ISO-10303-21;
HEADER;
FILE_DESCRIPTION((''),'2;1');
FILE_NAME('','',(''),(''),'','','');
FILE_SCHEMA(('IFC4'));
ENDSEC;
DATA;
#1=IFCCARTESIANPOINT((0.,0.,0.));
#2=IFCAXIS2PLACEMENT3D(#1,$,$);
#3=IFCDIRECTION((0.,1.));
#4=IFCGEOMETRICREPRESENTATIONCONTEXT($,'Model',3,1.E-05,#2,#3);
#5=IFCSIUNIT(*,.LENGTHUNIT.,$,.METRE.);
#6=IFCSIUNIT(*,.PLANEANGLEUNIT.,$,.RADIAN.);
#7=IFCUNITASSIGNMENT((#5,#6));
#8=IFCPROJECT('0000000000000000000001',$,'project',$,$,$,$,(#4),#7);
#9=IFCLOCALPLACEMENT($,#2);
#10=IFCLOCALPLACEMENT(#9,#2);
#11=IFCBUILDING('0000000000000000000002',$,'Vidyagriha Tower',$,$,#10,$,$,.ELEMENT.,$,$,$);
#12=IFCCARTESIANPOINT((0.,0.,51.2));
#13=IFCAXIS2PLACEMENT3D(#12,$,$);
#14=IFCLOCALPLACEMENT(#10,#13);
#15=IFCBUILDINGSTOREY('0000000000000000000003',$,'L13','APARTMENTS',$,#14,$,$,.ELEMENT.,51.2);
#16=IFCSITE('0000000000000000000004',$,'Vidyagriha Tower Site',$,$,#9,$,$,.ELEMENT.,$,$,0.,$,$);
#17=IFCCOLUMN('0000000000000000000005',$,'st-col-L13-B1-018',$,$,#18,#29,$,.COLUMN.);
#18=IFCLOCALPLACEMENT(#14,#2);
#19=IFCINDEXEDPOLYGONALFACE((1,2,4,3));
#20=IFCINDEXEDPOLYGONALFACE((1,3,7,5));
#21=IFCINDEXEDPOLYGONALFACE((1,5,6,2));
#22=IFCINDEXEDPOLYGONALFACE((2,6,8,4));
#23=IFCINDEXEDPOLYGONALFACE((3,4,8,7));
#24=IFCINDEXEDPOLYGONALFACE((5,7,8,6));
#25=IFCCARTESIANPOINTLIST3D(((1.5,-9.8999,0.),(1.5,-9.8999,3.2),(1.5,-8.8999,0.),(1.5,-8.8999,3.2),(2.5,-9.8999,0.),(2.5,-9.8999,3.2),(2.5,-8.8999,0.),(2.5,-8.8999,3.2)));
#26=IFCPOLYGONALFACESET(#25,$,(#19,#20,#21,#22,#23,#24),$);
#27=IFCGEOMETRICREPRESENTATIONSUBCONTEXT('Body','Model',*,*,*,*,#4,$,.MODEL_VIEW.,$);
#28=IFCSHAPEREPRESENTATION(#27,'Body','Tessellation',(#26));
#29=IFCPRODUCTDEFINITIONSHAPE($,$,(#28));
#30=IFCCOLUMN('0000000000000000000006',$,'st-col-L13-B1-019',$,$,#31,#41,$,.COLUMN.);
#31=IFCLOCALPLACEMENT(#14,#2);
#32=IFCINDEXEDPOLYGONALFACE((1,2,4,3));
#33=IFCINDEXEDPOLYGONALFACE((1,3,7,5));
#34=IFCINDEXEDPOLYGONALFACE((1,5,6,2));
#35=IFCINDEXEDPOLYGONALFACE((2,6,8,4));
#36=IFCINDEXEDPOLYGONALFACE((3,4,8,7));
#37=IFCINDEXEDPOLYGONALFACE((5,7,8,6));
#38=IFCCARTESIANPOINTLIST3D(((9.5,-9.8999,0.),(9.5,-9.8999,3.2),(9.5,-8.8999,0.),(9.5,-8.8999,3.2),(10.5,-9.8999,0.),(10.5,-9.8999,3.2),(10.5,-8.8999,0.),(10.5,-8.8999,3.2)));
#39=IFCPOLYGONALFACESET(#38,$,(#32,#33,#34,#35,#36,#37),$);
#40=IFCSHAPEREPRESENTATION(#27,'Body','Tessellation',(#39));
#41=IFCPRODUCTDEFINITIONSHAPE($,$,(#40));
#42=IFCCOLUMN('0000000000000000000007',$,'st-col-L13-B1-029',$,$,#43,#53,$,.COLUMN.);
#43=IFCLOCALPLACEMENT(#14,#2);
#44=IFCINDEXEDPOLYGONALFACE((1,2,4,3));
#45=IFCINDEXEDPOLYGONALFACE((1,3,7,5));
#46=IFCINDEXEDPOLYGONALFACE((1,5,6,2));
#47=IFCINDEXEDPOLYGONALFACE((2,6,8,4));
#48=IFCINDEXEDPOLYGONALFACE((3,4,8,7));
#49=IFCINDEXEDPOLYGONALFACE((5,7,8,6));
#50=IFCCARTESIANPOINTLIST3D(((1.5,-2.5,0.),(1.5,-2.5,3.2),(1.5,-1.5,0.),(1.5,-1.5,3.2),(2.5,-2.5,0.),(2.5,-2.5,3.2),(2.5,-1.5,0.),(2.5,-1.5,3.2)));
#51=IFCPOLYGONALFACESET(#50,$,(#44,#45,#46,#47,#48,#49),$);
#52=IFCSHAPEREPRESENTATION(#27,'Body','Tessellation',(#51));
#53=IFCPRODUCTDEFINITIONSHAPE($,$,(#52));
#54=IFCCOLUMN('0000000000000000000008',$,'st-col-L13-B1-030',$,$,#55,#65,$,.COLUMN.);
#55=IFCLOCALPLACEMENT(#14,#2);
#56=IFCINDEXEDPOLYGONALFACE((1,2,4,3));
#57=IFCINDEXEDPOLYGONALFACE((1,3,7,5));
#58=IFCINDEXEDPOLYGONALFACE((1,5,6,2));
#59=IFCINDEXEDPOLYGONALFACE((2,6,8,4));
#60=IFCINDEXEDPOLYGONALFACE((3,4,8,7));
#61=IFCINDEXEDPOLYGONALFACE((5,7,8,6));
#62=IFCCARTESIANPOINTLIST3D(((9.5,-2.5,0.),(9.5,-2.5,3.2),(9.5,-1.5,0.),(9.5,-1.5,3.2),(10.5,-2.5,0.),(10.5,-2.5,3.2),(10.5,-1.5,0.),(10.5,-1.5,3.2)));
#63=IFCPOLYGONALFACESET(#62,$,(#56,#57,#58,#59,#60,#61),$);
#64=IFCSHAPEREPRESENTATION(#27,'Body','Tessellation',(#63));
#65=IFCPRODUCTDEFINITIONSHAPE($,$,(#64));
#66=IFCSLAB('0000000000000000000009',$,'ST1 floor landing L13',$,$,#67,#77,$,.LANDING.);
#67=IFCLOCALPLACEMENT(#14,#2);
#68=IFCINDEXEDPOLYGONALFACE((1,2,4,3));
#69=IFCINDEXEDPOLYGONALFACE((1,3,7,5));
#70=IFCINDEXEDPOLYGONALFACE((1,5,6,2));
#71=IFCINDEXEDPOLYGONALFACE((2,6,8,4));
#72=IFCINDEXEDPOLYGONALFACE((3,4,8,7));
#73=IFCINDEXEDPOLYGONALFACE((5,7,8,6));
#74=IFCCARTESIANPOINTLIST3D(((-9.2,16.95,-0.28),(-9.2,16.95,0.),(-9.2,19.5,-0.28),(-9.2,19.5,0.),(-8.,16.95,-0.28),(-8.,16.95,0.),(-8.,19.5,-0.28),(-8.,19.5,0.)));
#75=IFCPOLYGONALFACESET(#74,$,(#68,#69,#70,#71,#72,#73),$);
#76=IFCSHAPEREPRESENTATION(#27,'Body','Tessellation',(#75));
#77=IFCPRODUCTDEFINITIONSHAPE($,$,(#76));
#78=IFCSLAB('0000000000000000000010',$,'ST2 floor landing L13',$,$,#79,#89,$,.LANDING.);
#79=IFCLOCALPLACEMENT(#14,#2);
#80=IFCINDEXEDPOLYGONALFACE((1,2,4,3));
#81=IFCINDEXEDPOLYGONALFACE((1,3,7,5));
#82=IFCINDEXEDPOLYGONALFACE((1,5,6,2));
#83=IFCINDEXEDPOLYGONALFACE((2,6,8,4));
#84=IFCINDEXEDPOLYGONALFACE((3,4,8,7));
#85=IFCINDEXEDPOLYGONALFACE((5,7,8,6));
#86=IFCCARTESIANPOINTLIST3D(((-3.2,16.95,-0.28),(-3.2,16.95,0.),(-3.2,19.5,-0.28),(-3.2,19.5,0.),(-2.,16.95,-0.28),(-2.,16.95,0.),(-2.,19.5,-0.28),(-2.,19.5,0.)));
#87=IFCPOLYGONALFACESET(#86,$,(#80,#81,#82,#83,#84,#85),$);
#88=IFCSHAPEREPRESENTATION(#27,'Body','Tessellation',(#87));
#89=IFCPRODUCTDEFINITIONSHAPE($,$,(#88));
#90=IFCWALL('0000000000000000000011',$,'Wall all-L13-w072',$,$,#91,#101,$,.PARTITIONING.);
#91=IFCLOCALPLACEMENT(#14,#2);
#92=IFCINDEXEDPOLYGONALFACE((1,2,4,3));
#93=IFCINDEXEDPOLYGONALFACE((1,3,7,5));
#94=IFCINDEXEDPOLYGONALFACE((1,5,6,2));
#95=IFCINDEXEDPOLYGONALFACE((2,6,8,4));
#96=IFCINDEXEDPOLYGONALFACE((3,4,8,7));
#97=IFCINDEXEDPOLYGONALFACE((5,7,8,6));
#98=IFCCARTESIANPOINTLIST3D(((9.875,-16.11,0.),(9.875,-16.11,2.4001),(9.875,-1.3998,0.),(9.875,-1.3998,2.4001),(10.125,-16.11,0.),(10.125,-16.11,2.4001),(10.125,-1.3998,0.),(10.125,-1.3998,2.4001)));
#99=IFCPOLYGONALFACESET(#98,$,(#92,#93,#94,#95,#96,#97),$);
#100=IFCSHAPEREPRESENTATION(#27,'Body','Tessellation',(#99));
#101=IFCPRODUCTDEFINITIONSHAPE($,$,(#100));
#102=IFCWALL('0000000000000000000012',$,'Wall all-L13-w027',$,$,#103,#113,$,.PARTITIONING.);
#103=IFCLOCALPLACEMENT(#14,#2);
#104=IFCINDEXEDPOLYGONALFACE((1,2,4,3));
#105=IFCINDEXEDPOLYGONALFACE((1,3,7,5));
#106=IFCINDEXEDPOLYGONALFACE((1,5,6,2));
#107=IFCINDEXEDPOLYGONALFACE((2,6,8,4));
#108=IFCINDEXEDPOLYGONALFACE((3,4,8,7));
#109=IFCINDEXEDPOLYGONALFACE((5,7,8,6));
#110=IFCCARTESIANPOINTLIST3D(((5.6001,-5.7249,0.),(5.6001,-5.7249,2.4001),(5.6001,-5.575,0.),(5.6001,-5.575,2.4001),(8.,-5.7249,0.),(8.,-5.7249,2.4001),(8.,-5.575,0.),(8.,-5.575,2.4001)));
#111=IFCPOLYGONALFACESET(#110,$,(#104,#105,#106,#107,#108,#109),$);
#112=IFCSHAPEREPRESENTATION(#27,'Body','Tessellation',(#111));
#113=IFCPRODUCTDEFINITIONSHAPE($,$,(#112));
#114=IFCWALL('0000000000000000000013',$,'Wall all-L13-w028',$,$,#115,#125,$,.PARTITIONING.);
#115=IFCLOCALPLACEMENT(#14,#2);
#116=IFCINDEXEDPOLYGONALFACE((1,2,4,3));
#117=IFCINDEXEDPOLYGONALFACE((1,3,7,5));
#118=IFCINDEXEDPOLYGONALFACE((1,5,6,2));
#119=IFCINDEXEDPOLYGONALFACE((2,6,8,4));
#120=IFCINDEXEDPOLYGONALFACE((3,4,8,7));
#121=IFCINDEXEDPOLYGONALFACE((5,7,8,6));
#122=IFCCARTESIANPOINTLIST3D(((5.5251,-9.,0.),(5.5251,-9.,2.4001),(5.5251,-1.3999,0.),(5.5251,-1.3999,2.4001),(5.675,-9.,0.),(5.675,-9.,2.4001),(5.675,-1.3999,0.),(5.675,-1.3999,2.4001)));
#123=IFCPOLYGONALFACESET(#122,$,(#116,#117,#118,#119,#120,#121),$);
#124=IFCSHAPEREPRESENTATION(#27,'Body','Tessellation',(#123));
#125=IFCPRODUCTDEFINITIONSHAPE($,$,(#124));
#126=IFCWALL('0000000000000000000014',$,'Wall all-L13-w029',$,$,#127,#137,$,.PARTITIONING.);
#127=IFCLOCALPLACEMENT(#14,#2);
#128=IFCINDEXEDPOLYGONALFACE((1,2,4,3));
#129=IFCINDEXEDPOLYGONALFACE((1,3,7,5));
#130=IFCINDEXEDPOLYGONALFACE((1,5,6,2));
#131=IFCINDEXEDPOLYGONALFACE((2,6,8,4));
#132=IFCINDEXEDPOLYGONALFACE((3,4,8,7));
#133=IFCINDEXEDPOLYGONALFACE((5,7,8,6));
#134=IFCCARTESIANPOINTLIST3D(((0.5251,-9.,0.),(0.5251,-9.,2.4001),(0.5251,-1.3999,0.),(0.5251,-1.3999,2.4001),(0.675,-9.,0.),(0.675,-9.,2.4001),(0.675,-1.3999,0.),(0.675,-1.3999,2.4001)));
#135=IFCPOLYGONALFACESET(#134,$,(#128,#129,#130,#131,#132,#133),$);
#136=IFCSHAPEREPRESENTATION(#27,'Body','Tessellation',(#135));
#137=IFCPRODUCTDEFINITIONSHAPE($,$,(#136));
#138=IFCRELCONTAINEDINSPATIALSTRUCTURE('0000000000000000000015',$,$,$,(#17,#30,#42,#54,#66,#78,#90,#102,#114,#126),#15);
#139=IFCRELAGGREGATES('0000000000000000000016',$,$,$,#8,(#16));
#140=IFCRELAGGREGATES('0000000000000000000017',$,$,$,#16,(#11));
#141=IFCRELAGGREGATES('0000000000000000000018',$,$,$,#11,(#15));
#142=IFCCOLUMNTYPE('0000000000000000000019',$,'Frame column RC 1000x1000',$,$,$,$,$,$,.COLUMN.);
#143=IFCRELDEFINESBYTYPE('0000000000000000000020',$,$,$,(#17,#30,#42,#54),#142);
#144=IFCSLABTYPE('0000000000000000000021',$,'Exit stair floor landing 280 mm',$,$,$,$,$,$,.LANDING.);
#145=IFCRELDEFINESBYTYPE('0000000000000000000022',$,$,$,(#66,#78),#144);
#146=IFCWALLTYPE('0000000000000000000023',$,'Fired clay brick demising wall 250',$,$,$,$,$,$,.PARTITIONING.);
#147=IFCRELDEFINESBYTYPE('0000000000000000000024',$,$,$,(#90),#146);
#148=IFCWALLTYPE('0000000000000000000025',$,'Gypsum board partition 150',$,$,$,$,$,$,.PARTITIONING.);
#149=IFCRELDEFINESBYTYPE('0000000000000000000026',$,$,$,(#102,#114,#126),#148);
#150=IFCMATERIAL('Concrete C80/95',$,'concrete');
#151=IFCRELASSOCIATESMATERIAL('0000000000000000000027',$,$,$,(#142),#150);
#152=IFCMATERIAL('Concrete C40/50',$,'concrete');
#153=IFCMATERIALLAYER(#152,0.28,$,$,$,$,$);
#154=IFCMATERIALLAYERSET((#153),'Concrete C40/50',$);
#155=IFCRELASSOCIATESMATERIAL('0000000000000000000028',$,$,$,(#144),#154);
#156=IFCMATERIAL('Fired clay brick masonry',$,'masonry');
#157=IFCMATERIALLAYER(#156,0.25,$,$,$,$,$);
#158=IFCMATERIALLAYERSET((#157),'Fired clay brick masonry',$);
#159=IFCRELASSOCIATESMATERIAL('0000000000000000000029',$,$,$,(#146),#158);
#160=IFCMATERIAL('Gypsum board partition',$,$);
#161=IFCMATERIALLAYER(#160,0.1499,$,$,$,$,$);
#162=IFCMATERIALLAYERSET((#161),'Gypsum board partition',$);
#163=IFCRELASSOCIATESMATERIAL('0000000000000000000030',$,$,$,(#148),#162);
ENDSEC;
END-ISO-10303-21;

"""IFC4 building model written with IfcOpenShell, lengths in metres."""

from ifc_helpers import new_model, si_unit, direction, frame, frame_2d, origin, origin_2d, place, context, subcontext, project, spatial, polyline, rectangle, outline, extrude, material, layer, layer_set, material_profile, profile_set, type_object, element, save


model = new_model("IFC4")

# Units and contexts
model_context = context("Model", 3, precision=1e-05, world=origin(), true_north=direction((0.0, 1.0)))
body_context = subcontext(model_context, "Body", "Model", "MODEL_VIEW")
ifc_project = project(units=[si_unit("LENGTHUNIT", "METRE"), si_unit("PLANEANGLEUNIT", "RADIAN")], contexts=[model_context])

# Site, building, storey
site_placement = place(None, origin())
site = spatial("IfcSite", under=ifc_project, at=site_placement, Name="Vidyagriha Tower Site", CompositionType="ELEMENT", RefElevation=0.0)
building_placement = place(site_placement, origin())
building = spatial("IfcBuilding", under=site, at=building_placement, Name="Vidyagriha Tower", CompositionType="ELEMENT")
storey_placement = place(building_placement, frame((0.0, 0.0, 51.2)))
storey = spatial("IfcBuildingStorey", under=building, at=storey_placement, Name="L13", Description="APARTMENTS", CompositionType="ELEMENT", Elevation=51.2)

# Columns
ifc_material_1 = material(Name="Concrete C80/95", Category="concrete")
ifc_material_profile = material_profile(ifc_material_1, rectangle(XDim=1.0, YDim=1.0, at=origin_2d()), Name="RC 1000x1000")
ifc_profile_set = profile_set([ifc_material_profile], Name="Concrete C80/95")
column_type = type_object("IfcColumnType", Name="Frame column RC 1000x1000", PredefinedType="COLUMN", material=ifc_profile_set)
for number, where, name in (
    (1, (2.0, -9.3999, 0.0), "st-col-L13-B1-018"),
    (2, (10.0, -9.3999, 0.0), "st-col-L13-B1-019"),
    (3, (2.0, -2.0, 0.0), "st-col-L13-B1-029"),
    (4, (10.0, -2.0, 0.0), "st-col-L13-B1-030"),
):
    element("IfcColumn", number, at=place(storey_placement, frame(where)), inside=storey, type_object=column_type, Name=name, PredefinedType="COLUMN", context=body_context, shape_type="SweptSolid", body=[
        extrude(rectangle(XDim=1.0, YDim=1.0, at=origin_2d()), origin(), (0.0, 0.0, 1.0), 3.2),
    ])

# Slabs
ifc_material_2 = material(Name="Concrete C40/50", Category="concrete")
ifc_layer_1 = layer(ifc_material_2, 0.28)
ifc_layer_set_1 = layer_set([ifc_layer_1], Name="Concrete C40/50")
slab_type = type_object("IfcSlabType", Name="Exit stair floor landing 280 mm", PredefinedType="LANDING", material=ifc_layer_set_1)
slab_1_placement = place(storey_placement, frame((0.0, 0.0, -0.28)))
element("IfcSlab", 5, at=slab_1_placement, inside=storey, type_object=slab_type, Name="ST1 floor landing L13", PredefinedType="LANDING", context=body_context, shape_type="SweptSolid", body=[
    extrude(outline(polyline([(-9.2, 16.95), (-8.0, 16.95), (-8.0, 19.5), (-9.2, 19.5), (-9.2, 16.95)])), origin(), (0.0, 0.0, 1.0), 0.28),
])
slab_2_placement = place(storey_placement, frame((0.0, 0.0, -0.28)))
element("IfcSlab", 6, at=slab_2_placement, inside=storey, type_object=slab_type, Name="ST2 floor landing L13", PredefinedType="LANDING", context=body_context, shape_type="SweptSolid", body=[
    extrude(outline(polyline([(-3.2, 16.95), (-2.0, 16.95), (-2.0, 19.5), (-3.2, 19.5), (-3.2, 16.95)])), origin(), (0.0, 0.0, 1.0), 0.28),
])

# Walls
ifc_material_3 = material(Name="Fired clay brick masonry", Category="masonry")
ifc_layer_2 = layer(ifc_material_3, 0.25)
ifc_layer_set_2 = layer_set([ifc_layer_2], Name="Fired clay brick masonry")
wall_type_1 = type_object("IfcWallType", Name="Fired clay brick demising wall 250", PredefinedType="PARTITIONING", material=ifc_layer_set_2)
wall_1_placement = place(storey_placement, frame((10.0, -1.3999, 0.0), z_axis=(0.0, 0.0, 1.0), x_axis=(0.0, -1.0, 0.0)))
element("IfcWall", 7, at=wall_1_placement, inside=storey, type_object=wall_type_1, Name="Wall all-L13-w072", PredefinedType="PARTITIONING", context=body_context, shape_type="SweptSolid", body=[
    extrude(rectangle(XDim=14.7102, YDim=0.25, at=frame_2d((7.355, 0.0))), origin(), (0.0, 0.0, 1.0), 2.4001),
])
ifc_material_4 = material(Name="Gypsum board partition")
ifc_layer_3 = layer(ifc_material_4, 0.1499)
ifc_layer_set_3 = layer_set([ifc_layer_3], Name="Gypsum board partition")
wall_type_2 = type_object("IfcWallType", Name="Gypsum board partition 150", PredefinedType="PARTITIONING", material=ifc_layer_set_3)
wall_2_placement = place(storey_placement, frame((8.0, -5.6499, 0.0), z_axis=(0.0, 0.0, 1.0), x_axis=(-1.0, 0.0, 0.0)))
element("IfcWall", 8, at=wall_2_placement, inside=storey, type_object=wall_type_2, Name="Wall all-L13-w027", PredefinedType="PARTITIONING", context=body_context, shape_type="SweptSolid", body=[
    extrude(rectangle(XDim=2.3999, YDim=0.1499, at=frame_2d((1.2, 0.0))), origin(), (0.0, 0.0, 1.0), 2.4001),
])
for number, where, z_axis, x_axis, name in (
    (9, (5.6001, -9.0, 0.0), (0.0, 0.0, 1.0), (0.0, 1.0, 0.0), "Wall all-L13-w028"),
    (10, (0.6001, -9.0, 0.0), (0.0, 0.0, 1.0), (0.0, 1.0, 0.0), "Wall all-L13-w029"),
):
    element("IfcWall", number, at=place(storey_placement, frame(where, z_axis=z_axis, x_axis=x_axis)), inside=storey, type_object=wall_type_2, Name=name, PredefinedType="PARTITIONING", context=body_context, shape_type="SweptSolid", body=[
        extrude(rectangle(XDim=7.6001, YDim=0.1499, at=frame_2d((3.8, 0.0))), origin(), (0.0, 0.0, 1.0), 2.4001),
    ])

save(model, "model.ifc")
